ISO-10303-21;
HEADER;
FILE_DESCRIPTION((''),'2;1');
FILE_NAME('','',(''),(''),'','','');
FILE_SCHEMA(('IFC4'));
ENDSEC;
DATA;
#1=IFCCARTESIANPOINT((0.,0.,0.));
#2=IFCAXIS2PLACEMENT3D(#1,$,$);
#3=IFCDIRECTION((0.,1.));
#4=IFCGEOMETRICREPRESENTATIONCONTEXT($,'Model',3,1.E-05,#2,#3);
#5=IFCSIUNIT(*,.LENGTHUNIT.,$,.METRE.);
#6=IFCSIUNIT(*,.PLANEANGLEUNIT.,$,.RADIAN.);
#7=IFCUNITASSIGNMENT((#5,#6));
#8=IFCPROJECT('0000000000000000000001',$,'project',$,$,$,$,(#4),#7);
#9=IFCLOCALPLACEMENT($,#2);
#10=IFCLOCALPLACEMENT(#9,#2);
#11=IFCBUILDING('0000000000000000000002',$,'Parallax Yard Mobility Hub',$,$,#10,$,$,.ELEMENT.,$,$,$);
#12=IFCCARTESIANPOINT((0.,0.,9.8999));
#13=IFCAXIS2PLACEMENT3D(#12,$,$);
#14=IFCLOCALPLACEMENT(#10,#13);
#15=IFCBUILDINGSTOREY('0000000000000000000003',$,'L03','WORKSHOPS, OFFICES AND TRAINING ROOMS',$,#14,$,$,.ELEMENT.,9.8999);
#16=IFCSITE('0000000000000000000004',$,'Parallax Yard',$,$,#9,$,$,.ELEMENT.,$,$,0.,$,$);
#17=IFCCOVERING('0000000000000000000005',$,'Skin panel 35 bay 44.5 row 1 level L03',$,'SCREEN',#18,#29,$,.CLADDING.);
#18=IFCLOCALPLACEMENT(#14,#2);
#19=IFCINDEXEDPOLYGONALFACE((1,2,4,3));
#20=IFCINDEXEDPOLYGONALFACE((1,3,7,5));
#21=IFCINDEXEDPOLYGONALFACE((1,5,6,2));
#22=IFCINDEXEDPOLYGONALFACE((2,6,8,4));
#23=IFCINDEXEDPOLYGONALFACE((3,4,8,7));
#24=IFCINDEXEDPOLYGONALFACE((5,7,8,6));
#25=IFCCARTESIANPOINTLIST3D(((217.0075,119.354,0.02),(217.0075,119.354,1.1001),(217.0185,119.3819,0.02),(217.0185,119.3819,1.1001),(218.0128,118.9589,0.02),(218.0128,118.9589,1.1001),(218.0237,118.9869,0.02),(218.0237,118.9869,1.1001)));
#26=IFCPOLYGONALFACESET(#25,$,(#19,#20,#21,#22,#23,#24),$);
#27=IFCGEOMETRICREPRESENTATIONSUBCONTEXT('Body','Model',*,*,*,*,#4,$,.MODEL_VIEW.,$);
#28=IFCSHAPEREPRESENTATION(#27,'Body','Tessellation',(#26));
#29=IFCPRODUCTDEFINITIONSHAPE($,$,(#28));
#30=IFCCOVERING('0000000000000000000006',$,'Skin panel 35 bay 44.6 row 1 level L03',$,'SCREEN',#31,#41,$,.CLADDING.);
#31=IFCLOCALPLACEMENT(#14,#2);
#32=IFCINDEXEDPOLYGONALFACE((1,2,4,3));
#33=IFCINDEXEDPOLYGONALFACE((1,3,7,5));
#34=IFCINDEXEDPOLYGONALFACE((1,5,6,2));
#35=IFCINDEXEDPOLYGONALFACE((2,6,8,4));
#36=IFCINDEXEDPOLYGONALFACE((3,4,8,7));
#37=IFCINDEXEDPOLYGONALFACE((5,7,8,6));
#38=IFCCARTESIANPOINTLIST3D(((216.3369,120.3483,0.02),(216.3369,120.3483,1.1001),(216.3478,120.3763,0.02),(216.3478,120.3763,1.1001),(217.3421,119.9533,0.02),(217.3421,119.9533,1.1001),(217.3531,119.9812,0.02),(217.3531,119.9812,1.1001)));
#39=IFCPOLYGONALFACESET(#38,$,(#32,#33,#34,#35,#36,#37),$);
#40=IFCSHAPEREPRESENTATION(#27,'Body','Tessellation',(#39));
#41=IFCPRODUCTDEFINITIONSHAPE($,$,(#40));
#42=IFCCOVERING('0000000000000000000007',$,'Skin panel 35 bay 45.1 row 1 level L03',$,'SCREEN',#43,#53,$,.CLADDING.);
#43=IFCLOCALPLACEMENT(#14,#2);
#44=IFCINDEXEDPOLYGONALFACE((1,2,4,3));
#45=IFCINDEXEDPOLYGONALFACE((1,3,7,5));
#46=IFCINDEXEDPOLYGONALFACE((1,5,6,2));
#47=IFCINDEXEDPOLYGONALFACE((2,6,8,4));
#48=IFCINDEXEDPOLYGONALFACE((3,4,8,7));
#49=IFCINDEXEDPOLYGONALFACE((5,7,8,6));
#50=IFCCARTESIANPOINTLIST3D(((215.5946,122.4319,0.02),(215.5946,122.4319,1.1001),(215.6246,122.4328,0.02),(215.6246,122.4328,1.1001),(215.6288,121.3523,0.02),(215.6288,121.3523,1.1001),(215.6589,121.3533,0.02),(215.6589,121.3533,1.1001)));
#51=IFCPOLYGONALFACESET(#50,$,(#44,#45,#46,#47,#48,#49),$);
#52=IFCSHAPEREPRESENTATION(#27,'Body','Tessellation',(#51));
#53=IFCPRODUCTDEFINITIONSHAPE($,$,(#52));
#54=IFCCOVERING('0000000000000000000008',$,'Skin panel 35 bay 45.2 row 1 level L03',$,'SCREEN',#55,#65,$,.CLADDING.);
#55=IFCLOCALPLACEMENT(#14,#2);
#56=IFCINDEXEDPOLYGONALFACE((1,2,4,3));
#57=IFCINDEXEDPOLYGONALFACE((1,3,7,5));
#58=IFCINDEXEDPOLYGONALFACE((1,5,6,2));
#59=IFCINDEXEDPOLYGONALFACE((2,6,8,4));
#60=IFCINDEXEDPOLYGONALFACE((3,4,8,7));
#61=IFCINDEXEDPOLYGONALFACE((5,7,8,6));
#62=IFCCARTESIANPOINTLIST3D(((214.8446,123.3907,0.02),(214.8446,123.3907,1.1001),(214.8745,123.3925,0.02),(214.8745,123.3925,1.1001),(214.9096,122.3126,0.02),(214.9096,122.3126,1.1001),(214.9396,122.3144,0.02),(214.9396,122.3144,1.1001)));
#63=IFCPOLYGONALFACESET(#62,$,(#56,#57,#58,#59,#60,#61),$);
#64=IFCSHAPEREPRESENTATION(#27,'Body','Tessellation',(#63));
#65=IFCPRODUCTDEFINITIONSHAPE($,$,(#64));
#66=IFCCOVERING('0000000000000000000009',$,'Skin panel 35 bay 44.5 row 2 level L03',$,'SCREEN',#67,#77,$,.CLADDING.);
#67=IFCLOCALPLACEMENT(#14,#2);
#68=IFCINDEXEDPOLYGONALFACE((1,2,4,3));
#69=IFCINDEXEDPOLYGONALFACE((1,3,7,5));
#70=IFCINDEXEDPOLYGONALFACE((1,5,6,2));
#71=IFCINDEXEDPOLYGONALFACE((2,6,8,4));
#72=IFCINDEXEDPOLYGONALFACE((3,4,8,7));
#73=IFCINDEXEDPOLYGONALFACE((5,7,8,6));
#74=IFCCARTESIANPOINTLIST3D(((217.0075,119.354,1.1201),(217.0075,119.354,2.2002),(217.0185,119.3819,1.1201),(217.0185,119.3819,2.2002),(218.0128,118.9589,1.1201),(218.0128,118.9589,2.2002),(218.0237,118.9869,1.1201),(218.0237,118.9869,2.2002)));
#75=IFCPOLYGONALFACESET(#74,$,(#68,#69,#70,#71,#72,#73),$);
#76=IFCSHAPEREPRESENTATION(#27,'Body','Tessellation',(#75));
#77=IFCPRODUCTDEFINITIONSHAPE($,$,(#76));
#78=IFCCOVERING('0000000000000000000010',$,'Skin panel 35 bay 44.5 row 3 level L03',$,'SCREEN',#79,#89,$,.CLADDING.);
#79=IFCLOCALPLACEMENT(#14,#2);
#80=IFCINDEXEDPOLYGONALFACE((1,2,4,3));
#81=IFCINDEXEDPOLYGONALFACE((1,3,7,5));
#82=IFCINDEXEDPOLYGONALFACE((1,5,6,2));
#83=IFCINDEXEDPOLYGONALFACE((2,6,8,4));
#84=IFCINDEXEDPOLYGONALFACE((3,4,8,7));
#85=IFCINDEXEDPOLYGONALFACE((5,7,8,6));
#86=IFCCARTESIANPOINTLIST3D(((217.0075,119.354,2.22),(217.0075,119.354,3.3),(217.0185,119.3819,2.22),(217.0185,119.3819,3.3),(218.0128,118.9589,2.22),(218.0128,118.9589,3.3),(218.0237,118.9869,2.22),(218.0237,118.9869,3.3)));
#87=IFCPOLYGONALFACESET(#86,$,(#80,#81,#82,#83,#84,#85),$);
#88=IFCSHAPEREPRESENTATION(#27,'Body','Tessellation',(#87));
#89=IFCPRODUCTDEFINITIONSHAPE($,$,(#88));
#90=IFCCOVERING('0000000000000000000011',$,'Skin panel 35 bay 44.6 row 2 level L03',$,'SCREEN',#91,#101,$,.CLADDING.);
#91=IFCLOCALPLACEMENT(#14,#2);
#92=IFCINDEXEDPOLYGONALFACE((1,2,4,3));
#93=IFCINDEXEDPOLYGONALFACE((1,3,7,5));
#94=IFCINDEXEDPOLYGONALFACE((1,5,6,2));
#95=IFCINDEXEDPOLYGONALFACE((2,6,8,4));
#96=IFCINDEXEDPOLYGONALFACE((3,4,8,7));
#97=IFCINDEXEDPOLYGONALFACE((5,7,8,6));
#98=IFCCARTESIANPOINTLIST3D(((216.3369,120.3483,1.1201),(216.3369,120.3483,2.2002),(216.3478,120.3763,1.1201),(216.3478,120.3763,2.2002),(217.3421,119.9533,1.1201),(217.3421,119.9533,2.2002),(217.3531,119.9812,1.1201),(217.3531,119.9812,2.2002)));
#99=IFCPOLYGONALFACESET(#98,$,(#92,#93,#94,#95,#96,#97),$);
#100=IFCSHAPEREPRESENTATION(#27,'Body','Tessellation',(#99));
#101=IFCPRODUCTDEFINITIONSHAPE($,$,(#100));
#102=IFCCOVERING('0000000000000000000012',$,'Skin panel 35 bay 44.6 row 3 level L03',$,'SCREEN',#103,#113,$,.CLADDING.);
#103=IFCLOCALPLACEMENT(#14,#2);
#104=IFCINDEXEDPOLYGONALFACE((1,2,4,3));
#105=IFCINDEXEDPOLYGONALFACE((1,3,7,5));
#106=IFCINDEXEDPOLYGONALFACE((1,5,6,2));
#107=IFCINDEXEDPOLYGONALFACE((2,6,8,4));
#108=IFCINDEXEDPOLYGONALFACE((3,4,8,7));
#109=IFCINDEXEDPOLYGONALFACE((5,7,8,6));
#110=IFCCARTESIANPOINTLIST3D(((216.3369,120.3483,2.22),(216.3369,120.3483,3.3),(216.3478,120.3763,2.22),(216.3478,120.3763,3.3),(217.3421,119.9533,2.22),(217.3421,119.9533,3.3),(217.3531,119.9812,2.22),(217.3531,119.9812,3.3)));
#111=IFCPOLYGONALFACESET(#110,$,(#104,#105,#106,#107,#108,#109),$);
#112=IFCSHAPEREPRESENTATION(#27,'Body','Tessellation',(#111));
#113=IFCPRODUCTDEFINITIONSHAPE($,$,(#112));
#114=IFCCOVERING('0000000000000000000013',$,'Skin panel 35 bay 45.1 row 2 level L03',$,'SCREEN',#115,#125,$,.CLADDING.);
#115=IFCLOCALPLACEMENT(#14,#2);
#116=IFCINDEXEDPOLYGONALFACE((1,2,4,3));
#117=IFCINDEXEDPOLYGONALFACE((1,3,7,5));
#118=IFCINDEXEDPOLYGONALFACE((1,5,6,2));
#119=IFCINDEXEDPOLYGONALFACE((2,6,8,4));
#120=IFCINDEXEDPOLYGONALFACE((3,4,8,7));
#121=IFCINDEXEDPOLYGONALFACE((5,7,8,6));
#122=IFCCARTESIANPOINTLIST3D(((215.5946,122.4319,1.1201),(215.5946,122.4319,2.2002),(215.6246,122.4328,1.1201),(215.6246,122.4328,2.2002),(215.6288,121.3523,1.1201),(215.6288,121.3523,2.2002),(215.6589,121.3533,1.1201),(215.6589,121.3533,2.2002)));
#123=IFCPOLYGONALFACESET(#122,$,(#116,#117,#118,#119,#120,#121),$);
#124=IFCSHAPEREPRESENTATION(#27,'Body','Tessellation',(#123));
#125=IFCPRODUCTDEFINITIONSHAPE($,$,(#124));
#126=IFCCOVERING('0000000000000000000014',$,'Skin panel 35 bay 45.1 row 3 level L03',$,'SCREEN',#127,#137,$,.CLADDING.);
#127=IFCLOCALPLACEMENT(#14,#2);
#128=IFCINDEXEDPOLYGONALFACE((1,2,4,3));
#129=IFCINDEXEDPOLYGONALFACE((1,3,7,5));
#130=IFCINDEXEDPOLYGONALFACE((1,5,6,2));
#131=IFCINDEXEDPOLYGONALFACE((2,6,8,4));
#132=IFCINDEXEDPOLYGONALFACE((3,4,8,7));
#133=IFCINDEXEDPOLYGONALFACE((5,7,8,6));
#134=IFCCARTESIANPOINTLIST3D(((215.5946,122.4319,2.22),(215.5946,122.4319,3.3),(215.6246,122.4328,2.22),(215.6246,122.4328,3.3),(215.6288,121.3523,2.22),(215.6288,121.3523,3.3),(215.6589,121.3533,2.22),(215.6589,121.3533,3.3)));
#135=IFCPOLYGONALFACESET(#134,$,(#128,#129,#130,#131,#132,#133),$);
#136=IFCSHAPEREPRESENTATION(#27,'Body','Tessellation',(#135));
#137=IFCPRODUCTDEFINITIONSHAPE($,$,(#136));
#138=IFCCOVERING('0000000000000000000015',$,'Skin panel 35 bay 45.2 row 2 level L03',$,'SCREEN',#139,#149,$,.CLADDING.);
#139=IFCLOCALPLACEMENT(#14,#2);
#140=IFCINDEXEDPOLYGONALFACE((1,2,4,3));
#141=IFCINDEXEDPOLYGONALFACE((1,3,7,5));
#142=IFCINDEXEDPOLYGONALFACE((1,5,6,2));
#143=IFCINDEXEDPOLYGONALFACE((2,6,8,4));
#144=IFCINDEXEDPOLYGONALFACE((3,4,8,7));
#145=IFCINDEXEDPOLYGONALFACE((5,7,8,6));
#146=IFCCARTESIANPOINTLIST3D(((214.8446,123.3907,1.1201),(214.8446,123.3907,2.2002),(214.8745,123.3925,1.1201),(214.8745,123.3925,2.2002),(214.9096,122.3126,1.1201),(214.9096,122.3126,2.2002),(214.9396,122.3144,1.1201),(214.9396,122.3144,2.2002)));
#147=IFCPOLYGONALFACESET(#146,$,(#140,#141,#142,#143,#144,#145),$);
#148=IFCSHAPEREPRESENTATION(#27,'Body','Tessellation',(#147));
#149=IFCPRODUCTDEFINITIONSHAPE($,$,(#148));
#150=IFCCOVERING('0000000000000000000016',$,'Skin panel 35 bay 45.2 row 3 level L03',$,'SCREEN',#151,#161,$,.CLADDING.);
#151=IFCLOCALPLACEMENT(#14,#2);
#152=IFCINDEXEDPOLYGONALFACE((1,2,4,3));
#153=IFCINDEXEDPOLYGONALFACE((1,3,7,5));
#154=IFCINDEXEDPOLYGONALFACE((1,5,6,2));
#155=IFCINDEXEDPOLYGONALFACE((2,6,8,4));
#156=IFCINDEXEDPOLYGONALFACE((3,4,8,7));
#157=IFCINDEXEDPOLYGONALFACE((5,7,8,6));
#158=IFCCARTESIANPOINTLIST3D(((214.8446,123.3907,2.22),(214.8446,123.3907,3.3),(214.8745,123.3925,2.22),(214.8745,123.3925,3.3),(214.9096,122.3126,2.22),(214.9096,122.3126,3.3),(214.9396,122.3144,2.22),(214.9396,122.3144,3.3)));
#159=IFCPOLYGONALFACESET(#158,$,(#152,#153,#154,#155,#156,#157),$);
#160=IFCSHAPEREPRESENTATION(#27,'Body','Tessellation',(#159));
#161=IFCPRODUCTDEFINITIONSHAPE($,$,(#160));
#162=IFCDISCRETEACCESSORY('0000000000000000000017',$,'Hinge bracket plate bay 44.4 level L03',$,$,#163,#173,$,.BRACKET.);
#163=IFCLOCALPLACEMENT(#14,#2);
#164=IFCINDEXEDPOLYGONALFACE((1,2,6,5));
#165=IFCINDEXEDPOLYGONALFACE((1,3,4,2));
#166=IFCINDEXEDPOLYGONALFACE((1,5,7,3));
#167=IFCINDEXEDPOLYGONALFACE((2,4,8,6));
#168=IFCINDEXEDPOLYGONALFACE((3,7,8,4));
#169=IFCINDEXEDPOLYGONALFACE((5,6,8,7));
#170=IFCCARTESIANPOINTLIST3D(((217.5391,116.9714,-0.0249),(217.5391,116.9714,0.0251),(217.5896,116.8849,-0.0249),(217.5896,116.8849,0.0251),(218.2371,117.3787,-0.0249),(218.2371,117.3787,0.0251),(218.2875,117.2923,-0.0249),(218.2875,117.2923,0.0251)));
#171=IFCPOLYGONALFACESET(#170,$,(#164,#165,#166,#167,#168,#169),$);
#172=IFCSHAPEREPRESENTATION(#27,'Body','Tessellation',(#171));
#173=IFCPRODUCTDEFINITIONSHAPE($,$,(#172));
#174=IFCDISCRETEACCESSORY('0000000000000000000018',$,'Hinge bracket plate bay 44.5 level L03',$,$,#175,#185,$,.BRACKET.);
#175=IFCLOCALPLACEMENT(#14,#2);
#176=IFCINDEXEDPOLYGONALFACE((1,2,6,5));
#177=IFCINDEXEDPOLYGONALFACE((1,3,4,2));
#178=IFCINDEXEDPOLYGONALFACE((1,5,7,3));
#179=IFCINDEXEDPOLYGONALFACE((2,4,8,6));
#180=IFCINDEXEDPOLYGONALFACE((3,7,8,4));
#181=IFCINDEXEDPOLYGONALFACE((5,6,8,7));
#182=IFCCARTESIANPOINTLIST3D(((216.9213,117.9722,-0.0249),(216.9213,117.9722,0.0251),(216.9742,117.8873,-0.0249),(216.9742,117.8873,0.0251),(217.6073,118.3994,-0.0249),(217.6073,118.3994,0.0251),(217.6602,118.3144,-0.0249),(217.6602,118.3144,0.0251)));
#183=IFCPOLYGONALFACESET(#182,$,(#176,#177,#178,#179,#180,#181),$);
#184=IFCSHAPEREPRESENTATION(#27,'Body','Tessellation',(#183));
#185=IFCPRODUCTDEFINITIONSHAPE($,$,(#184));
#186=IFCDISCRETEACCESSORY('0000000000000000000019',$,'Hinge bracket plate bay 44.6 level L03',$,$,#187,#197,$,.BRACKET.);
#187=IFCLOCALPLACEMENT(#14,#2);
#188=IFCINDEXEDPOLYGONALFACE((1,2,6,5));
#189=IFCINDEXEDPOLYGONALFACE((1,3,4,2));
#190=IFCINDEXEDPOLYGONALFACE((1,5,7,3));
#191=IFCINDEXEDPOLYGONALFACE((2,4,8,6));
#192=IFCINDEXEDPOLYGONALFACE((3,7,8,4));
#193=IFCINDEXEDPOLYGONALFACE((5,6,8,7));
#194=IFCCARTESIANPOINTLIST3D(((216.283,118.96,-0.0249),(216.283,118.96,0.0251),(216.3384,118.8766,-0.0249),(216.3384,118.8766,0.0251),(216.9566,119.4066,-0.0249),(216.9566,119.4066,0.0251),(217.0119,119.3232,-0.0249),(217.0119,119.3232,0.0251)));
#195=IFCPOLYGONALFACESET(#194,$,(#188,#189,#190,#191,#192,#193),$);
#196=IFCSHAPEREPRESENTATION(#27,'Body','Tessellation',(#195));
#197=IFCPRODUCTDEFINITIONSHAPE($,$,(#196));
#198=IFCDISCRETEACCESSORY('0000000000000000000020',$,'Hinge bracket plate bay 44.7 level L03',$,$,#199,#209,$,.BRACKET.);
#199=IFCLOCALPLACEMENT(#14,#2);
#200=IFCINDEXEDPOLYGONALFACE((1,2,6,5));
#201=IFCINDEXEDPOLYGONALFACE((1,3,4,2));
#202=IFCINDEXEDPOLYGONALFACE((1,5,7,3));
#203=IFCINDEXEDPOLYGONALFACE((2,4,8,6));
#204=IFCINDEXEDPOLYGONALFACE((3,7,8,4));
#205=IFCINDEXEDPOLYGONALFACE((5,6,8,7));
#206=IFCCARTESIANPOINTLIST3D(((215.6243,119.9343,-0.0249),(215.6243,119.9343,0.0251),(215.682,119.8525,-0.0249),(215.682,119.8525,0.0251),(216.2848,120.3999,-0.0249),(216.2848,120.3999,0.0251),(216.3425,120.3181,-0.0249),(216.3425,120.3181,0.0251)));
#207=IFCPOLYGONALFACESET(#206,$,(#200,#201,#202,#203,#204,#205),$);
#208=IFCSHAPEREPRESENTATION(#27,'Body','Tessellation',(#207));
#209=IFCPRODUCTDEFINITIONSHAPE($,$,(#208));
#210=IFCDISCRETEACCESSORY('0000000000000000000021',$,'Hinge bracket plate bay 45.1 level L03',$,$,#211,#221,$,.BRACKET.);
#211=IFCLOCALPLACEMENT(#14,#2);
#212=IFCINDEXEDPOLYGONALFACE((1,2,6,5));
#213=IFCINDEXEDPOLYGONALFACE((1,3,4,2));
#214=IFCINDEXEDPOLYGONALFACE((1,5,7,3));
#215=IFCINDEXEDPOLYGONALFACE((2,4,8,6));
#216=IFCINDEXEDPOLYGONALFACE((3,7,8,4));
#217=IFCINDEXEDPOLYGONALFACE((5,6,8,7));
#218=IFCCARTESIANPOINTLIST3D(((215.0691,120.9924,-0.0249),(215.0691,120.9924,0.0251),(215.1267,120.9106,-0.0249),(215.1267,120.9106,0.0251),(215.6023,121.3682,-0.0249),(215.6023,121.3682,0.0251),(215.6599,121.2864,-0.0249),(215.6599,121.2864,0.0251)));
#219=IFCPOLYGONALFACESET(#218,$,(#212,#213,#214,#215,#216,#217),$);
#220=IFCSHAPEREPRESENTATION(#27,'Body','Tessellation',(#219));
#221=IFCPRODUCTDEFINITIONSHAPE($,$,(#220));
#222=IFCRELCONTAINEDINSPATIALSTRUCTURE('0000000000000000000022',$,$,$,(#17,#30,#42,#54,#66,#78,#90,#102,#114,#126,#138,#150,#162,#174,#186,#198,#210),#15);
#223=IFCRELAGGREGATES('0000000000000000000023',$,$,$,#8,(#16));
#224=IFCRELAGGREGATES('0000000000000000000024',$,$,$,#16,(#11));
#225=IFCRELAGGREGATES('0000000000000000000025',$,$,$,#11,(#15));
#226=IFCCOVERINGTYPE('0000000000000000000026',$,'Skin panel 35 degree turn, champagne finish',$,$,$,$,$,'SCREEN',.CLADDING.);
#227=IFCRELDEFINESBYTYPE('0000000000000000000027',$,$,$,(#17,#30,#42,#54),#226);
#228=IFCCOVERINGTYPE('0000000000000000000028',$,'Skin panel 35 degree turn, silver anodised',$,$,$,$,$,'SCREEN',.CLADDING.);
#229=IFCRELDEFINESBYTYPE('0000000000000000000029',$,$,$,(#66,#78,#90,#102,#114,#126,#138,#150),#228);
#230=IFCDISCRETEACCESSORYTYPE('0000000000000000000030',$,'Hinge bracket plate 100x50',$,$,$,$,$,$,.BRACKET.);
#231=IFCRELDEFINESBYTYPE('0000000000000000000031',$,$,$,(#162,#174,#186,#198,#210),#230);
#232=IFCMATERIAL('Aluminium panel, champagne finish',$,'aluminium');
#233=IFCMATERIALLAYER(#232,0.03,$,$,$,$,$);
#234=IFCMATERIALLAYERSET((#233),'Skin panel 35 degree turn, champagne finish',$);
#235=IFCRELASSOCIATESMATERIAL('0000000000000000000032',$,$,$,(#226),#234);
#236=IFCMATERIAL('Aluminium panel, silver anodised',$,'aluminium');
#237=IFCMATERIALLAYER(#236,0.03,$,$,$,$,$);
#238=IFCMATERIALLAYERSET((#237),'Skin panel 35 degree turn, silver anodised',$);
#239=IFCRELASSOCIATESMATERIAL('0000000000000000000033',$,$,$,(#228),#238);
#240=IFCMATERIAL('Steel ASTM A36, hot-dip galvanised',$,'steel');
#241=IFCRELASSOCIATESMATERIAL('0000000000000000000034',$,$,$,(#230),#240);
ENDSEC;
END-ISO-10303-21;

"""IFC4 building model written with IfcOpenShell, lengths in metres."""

from ifc_helpers import new_model, si_unit, direction, frame, origin, origin_2d, place, context, subcontext, project, spatial, rectangle, extrude, material, layer, layer_set, type_object, element, save


model = new_model("IFC4")

# Units and contexts
model_context = context("Model", 3, precision=1e-05, world=origin(), true_north=direction((0.0, 1.0)))
body_context = subcontext(model_context, "Body", "Model", "MODEL_VIEW")
ifc_project = project(units=[si_unit("LENGTHUNIT", "METRE"), si_unit("PLANEANGLEUNIT", "RADIAN")], contexts=[model_context])

# Site, building, storey
site_placement = place(None, origin())
site = spatial("IfcSite", under=ifc_project, at=site_placement, Name="Parallax Yard", CompositionType="ELEMENT", RefElevation=0.0)
building_placement = place(site_placement, origin())
building = spatial("IfcBuilding", under=site, at=building_placement, Name="Parallax Yard Mobility Hub", CompositionType="ELEMENT")
storey_placement = place(building_placement, frame((0.0, 0.0, 9.8999)))
storey = spatial("IfcBuildingStorey", under=building, at=storey_placement, Name="L03", Description="WORKSHOPS, OFFICES AND TRAINING ROOMS", CompositionType="ELEMENT", Elevation=9.8999)

# Coverings
ifc_material_1 = material(Name="Aluminium panel, champagne finish", Category="aluminium")
ifc_material_2 = material(Name="Aluminium panel, silver anodised", Category="aluminium")
ifc_layer_1 = layer(ifc_material_1, 0.03)
ifc_layer_set_1 = layer_set([ifc_layer_1], Name="Skin panel 35 degree turn, champagne finish")
covering_type_1 = type_object("IfcCoveringType", Name="Skin panel 35 degree turn, champagne finish", ElementType="SCREEN", PredefinedType="CLADDING", material=ifc_layer_set_1)
for number, where, z_axis, x_axis, name in (
    (1, (217.5156, 119.1704, 0.02), (0.0, 0.0, 1.0), (0.930708, -0.365762, 0.0), "Skin panel 35 bay 44.5 row 1 level L03"),
    (2, (216.845, 120.1648, 0.02), (0.0, 0.0, 1.0), (0.930708, -0.365762, 0.0), "Skin panel 35 bay 44.6 row 1 level L03"),
    (3, (215.6267, 121.8926, 0.02), (0.0, 0.0, 1.0), (-0.031728, 0.999497, 0.0), "Skin panel 35 bay 45.1 row 1 level L03"),
    (4, (214.8921, 122.8525, 0.02), (0.0, 0.0, 1.0), (-0.060256, 0.998183, 0.0), "Skin panel 35 bay 45.2 row 1 level L03"),
):
    element("IfcCovering", number, at=place(storey_placement, frame(where, z_axis=z_axis, x_axis=x_axis)), inside=storey, type_object=covering_type_1, Name=name, ObjectType="SCREEN", PredefinedType="CLADDING", context=body_context, shape_type="SweptSolid", body=[
        extrude(rectangle(XDim=1.0801, YDim=0.03, at=origin_2d()), origin(), (0.0, 0.0, 1.0), 1.0801),
    ])
ifc_layer_2 = layer(ifc_material_2, 0.03)
ifc_layer_set_2 = layer_set([ifc_layer_2], Name="Skin panel 35 degree turn, silver anodised")
covering_type_2 = type_object("IfcCoveringType", Name="Skin panel 35 degree turn, silver anodised", ElementType="SCREEN", PredefinedType="CLADDING", material=ifc_layer_set_2)
for number, where, z_axis, x_axis, name in (
    (5, (217.5156, 119.1704, 1.1201), (0.0, 0.0, 1.0), (0.930708, -0.365762, 0.0), "Skin panel 35 bay 44.5 row 2 level L03"),
    (6, (217.5156, 119.1704, 2.22), (0.0, 0.0, 1.0), (0.930708, -0.365762, 0.0), "Skin panel 35 bay 44.5 row 3 level L03"),
    (7, (216.845, 120.1648, 1.1201), (0.0, 0.0, 1.0), (0.930708, -0.365762, 0.0), "Skin panel 35 bay 44.6 row 2 level L03"),
    (8, (216.845, 120.1648, 2.22), (0.0, 0.0, 1.0), (0.930708, -0.365762, 0.0), "Skin panel 35 bay 44.6 row 3 level L03"),
    (9, (215.6267, 121.8926, 1.1201), (0.0, 0.0, 1.0), (-0.031728, 0.999497, 0.0), "Skin panel 35 bay 45.1 row 2 level L03"),
    (10, (215.6267, 121.8926, 2.22), (0.0, 0.0, 1.0), (-0.031728, 0.999497, 0.0), "Skin panel 35 bay 45.1 row 3 level L03"),
    (11, (214.8921, 122.8525, 1.1201), (0.0, 0.0, 1.0), (-0.060256, 0.998183, 0.0), "Skin panel 35 bay 45.2 row 2 level L03"),
    (12, (214.8921, 122.8525, 2.22), (0.0, 0.0, 1.0), (-0.060256, 0.998183, 0.0), "Skin panel 35 bay 45.2 row 3 level L03"),
):
    element("IfcCovering", number, at=place(storey_placement, frame(where, z_axis=z_axis, x_axis=x_axis)), inside=storey, type_object=covering_type_2, Name=name, ObjectType="SCREEN", PredefinedType="CLADDING", context=body_context, shape_type="SweptSolid", body=[
        extrude(rectangle(XDim=1.0801, YDim=0.03, at=origin_2d()), origin(), (0.0, 0.0, 1.0), 1.0801),
    ])

# Discrete accessories
ifc_material_3 = material(Name="Steel ASTM A36, hot-dip galvanised", Category="steel")
discrete_accessory_type_1 = type_object("IfcDiscreteAccessoryType", Name="Hinge bracket plate 100x50", PredefinedType="BRACKET", material=ifc_material_3)
for number, where, z_axis, x_axis, name in (
    (13, (217.9133, 117.1318, -0.0249), (0.0, 0.0, 1.0), (0.863636, 0.504116, 0.0), "Hinge bracket plate bay 44.4 level L03"),
    (14, (217.2908, 118.1433, -0.0249), (0.0, 0.0, 1.0), (0.848888, 0.528573, 0.0), "Hinge bracket plate bay 44.5 level L03"),
    (15, (216.6475, 119.1416, -0.0249), (0.0, 0.0, 1.0), (0.833447, 0.552599, 0.0), "Hinge bracket plate bay 44.6 level L03"),
    (16, (215.9834, 120.1262, -0.0249), (0.0, 0.0, 1.0), (0.817328, 0.576173, 0.0), "Hinge bracket plate bay 44.7 level L03"),
):
    element("IfcDiscreteAccessory", number, at=place(storey_placement, frame(where, z_axis=z_axis, x_axis=x_axis)), inside=storey, type_object=discrete_accessory_type_1, Name=name, PredefinedType="BRACKET", context=body_context, shape_type="SweptSolid", body=[
        extrude(rectangle(XDim=0.8081, YDim=0.1001, at=origin_2d()), origin(), (0.0, 0.0, 1.0), 0.05),
    ])
discrete_accessory_placement = place(storey_placement, frame((215.3645, 121.1394, -0.0249), z_axis=(0.0, 0.0, 1.0), x_axis=(0.817328, 0.576173, 0.0)))
element("IfcDiscreteAccessory", 17, at=discrete_accessory_placement, inside=storey, type_object=discrete_accessory_type_1, Name="Hinge bracket plate bay 45.1 level L03", PredefinedType="BRACKET", context=body_context, shape_type="SweptSolid", body=[
    extrude(rectangle(XDim=0.6523, YDim=0.1001, at=origin_2d()), origin(), (0.0, 0.0, 1.0), 0.05),
])

save(model, "model.ifc")
